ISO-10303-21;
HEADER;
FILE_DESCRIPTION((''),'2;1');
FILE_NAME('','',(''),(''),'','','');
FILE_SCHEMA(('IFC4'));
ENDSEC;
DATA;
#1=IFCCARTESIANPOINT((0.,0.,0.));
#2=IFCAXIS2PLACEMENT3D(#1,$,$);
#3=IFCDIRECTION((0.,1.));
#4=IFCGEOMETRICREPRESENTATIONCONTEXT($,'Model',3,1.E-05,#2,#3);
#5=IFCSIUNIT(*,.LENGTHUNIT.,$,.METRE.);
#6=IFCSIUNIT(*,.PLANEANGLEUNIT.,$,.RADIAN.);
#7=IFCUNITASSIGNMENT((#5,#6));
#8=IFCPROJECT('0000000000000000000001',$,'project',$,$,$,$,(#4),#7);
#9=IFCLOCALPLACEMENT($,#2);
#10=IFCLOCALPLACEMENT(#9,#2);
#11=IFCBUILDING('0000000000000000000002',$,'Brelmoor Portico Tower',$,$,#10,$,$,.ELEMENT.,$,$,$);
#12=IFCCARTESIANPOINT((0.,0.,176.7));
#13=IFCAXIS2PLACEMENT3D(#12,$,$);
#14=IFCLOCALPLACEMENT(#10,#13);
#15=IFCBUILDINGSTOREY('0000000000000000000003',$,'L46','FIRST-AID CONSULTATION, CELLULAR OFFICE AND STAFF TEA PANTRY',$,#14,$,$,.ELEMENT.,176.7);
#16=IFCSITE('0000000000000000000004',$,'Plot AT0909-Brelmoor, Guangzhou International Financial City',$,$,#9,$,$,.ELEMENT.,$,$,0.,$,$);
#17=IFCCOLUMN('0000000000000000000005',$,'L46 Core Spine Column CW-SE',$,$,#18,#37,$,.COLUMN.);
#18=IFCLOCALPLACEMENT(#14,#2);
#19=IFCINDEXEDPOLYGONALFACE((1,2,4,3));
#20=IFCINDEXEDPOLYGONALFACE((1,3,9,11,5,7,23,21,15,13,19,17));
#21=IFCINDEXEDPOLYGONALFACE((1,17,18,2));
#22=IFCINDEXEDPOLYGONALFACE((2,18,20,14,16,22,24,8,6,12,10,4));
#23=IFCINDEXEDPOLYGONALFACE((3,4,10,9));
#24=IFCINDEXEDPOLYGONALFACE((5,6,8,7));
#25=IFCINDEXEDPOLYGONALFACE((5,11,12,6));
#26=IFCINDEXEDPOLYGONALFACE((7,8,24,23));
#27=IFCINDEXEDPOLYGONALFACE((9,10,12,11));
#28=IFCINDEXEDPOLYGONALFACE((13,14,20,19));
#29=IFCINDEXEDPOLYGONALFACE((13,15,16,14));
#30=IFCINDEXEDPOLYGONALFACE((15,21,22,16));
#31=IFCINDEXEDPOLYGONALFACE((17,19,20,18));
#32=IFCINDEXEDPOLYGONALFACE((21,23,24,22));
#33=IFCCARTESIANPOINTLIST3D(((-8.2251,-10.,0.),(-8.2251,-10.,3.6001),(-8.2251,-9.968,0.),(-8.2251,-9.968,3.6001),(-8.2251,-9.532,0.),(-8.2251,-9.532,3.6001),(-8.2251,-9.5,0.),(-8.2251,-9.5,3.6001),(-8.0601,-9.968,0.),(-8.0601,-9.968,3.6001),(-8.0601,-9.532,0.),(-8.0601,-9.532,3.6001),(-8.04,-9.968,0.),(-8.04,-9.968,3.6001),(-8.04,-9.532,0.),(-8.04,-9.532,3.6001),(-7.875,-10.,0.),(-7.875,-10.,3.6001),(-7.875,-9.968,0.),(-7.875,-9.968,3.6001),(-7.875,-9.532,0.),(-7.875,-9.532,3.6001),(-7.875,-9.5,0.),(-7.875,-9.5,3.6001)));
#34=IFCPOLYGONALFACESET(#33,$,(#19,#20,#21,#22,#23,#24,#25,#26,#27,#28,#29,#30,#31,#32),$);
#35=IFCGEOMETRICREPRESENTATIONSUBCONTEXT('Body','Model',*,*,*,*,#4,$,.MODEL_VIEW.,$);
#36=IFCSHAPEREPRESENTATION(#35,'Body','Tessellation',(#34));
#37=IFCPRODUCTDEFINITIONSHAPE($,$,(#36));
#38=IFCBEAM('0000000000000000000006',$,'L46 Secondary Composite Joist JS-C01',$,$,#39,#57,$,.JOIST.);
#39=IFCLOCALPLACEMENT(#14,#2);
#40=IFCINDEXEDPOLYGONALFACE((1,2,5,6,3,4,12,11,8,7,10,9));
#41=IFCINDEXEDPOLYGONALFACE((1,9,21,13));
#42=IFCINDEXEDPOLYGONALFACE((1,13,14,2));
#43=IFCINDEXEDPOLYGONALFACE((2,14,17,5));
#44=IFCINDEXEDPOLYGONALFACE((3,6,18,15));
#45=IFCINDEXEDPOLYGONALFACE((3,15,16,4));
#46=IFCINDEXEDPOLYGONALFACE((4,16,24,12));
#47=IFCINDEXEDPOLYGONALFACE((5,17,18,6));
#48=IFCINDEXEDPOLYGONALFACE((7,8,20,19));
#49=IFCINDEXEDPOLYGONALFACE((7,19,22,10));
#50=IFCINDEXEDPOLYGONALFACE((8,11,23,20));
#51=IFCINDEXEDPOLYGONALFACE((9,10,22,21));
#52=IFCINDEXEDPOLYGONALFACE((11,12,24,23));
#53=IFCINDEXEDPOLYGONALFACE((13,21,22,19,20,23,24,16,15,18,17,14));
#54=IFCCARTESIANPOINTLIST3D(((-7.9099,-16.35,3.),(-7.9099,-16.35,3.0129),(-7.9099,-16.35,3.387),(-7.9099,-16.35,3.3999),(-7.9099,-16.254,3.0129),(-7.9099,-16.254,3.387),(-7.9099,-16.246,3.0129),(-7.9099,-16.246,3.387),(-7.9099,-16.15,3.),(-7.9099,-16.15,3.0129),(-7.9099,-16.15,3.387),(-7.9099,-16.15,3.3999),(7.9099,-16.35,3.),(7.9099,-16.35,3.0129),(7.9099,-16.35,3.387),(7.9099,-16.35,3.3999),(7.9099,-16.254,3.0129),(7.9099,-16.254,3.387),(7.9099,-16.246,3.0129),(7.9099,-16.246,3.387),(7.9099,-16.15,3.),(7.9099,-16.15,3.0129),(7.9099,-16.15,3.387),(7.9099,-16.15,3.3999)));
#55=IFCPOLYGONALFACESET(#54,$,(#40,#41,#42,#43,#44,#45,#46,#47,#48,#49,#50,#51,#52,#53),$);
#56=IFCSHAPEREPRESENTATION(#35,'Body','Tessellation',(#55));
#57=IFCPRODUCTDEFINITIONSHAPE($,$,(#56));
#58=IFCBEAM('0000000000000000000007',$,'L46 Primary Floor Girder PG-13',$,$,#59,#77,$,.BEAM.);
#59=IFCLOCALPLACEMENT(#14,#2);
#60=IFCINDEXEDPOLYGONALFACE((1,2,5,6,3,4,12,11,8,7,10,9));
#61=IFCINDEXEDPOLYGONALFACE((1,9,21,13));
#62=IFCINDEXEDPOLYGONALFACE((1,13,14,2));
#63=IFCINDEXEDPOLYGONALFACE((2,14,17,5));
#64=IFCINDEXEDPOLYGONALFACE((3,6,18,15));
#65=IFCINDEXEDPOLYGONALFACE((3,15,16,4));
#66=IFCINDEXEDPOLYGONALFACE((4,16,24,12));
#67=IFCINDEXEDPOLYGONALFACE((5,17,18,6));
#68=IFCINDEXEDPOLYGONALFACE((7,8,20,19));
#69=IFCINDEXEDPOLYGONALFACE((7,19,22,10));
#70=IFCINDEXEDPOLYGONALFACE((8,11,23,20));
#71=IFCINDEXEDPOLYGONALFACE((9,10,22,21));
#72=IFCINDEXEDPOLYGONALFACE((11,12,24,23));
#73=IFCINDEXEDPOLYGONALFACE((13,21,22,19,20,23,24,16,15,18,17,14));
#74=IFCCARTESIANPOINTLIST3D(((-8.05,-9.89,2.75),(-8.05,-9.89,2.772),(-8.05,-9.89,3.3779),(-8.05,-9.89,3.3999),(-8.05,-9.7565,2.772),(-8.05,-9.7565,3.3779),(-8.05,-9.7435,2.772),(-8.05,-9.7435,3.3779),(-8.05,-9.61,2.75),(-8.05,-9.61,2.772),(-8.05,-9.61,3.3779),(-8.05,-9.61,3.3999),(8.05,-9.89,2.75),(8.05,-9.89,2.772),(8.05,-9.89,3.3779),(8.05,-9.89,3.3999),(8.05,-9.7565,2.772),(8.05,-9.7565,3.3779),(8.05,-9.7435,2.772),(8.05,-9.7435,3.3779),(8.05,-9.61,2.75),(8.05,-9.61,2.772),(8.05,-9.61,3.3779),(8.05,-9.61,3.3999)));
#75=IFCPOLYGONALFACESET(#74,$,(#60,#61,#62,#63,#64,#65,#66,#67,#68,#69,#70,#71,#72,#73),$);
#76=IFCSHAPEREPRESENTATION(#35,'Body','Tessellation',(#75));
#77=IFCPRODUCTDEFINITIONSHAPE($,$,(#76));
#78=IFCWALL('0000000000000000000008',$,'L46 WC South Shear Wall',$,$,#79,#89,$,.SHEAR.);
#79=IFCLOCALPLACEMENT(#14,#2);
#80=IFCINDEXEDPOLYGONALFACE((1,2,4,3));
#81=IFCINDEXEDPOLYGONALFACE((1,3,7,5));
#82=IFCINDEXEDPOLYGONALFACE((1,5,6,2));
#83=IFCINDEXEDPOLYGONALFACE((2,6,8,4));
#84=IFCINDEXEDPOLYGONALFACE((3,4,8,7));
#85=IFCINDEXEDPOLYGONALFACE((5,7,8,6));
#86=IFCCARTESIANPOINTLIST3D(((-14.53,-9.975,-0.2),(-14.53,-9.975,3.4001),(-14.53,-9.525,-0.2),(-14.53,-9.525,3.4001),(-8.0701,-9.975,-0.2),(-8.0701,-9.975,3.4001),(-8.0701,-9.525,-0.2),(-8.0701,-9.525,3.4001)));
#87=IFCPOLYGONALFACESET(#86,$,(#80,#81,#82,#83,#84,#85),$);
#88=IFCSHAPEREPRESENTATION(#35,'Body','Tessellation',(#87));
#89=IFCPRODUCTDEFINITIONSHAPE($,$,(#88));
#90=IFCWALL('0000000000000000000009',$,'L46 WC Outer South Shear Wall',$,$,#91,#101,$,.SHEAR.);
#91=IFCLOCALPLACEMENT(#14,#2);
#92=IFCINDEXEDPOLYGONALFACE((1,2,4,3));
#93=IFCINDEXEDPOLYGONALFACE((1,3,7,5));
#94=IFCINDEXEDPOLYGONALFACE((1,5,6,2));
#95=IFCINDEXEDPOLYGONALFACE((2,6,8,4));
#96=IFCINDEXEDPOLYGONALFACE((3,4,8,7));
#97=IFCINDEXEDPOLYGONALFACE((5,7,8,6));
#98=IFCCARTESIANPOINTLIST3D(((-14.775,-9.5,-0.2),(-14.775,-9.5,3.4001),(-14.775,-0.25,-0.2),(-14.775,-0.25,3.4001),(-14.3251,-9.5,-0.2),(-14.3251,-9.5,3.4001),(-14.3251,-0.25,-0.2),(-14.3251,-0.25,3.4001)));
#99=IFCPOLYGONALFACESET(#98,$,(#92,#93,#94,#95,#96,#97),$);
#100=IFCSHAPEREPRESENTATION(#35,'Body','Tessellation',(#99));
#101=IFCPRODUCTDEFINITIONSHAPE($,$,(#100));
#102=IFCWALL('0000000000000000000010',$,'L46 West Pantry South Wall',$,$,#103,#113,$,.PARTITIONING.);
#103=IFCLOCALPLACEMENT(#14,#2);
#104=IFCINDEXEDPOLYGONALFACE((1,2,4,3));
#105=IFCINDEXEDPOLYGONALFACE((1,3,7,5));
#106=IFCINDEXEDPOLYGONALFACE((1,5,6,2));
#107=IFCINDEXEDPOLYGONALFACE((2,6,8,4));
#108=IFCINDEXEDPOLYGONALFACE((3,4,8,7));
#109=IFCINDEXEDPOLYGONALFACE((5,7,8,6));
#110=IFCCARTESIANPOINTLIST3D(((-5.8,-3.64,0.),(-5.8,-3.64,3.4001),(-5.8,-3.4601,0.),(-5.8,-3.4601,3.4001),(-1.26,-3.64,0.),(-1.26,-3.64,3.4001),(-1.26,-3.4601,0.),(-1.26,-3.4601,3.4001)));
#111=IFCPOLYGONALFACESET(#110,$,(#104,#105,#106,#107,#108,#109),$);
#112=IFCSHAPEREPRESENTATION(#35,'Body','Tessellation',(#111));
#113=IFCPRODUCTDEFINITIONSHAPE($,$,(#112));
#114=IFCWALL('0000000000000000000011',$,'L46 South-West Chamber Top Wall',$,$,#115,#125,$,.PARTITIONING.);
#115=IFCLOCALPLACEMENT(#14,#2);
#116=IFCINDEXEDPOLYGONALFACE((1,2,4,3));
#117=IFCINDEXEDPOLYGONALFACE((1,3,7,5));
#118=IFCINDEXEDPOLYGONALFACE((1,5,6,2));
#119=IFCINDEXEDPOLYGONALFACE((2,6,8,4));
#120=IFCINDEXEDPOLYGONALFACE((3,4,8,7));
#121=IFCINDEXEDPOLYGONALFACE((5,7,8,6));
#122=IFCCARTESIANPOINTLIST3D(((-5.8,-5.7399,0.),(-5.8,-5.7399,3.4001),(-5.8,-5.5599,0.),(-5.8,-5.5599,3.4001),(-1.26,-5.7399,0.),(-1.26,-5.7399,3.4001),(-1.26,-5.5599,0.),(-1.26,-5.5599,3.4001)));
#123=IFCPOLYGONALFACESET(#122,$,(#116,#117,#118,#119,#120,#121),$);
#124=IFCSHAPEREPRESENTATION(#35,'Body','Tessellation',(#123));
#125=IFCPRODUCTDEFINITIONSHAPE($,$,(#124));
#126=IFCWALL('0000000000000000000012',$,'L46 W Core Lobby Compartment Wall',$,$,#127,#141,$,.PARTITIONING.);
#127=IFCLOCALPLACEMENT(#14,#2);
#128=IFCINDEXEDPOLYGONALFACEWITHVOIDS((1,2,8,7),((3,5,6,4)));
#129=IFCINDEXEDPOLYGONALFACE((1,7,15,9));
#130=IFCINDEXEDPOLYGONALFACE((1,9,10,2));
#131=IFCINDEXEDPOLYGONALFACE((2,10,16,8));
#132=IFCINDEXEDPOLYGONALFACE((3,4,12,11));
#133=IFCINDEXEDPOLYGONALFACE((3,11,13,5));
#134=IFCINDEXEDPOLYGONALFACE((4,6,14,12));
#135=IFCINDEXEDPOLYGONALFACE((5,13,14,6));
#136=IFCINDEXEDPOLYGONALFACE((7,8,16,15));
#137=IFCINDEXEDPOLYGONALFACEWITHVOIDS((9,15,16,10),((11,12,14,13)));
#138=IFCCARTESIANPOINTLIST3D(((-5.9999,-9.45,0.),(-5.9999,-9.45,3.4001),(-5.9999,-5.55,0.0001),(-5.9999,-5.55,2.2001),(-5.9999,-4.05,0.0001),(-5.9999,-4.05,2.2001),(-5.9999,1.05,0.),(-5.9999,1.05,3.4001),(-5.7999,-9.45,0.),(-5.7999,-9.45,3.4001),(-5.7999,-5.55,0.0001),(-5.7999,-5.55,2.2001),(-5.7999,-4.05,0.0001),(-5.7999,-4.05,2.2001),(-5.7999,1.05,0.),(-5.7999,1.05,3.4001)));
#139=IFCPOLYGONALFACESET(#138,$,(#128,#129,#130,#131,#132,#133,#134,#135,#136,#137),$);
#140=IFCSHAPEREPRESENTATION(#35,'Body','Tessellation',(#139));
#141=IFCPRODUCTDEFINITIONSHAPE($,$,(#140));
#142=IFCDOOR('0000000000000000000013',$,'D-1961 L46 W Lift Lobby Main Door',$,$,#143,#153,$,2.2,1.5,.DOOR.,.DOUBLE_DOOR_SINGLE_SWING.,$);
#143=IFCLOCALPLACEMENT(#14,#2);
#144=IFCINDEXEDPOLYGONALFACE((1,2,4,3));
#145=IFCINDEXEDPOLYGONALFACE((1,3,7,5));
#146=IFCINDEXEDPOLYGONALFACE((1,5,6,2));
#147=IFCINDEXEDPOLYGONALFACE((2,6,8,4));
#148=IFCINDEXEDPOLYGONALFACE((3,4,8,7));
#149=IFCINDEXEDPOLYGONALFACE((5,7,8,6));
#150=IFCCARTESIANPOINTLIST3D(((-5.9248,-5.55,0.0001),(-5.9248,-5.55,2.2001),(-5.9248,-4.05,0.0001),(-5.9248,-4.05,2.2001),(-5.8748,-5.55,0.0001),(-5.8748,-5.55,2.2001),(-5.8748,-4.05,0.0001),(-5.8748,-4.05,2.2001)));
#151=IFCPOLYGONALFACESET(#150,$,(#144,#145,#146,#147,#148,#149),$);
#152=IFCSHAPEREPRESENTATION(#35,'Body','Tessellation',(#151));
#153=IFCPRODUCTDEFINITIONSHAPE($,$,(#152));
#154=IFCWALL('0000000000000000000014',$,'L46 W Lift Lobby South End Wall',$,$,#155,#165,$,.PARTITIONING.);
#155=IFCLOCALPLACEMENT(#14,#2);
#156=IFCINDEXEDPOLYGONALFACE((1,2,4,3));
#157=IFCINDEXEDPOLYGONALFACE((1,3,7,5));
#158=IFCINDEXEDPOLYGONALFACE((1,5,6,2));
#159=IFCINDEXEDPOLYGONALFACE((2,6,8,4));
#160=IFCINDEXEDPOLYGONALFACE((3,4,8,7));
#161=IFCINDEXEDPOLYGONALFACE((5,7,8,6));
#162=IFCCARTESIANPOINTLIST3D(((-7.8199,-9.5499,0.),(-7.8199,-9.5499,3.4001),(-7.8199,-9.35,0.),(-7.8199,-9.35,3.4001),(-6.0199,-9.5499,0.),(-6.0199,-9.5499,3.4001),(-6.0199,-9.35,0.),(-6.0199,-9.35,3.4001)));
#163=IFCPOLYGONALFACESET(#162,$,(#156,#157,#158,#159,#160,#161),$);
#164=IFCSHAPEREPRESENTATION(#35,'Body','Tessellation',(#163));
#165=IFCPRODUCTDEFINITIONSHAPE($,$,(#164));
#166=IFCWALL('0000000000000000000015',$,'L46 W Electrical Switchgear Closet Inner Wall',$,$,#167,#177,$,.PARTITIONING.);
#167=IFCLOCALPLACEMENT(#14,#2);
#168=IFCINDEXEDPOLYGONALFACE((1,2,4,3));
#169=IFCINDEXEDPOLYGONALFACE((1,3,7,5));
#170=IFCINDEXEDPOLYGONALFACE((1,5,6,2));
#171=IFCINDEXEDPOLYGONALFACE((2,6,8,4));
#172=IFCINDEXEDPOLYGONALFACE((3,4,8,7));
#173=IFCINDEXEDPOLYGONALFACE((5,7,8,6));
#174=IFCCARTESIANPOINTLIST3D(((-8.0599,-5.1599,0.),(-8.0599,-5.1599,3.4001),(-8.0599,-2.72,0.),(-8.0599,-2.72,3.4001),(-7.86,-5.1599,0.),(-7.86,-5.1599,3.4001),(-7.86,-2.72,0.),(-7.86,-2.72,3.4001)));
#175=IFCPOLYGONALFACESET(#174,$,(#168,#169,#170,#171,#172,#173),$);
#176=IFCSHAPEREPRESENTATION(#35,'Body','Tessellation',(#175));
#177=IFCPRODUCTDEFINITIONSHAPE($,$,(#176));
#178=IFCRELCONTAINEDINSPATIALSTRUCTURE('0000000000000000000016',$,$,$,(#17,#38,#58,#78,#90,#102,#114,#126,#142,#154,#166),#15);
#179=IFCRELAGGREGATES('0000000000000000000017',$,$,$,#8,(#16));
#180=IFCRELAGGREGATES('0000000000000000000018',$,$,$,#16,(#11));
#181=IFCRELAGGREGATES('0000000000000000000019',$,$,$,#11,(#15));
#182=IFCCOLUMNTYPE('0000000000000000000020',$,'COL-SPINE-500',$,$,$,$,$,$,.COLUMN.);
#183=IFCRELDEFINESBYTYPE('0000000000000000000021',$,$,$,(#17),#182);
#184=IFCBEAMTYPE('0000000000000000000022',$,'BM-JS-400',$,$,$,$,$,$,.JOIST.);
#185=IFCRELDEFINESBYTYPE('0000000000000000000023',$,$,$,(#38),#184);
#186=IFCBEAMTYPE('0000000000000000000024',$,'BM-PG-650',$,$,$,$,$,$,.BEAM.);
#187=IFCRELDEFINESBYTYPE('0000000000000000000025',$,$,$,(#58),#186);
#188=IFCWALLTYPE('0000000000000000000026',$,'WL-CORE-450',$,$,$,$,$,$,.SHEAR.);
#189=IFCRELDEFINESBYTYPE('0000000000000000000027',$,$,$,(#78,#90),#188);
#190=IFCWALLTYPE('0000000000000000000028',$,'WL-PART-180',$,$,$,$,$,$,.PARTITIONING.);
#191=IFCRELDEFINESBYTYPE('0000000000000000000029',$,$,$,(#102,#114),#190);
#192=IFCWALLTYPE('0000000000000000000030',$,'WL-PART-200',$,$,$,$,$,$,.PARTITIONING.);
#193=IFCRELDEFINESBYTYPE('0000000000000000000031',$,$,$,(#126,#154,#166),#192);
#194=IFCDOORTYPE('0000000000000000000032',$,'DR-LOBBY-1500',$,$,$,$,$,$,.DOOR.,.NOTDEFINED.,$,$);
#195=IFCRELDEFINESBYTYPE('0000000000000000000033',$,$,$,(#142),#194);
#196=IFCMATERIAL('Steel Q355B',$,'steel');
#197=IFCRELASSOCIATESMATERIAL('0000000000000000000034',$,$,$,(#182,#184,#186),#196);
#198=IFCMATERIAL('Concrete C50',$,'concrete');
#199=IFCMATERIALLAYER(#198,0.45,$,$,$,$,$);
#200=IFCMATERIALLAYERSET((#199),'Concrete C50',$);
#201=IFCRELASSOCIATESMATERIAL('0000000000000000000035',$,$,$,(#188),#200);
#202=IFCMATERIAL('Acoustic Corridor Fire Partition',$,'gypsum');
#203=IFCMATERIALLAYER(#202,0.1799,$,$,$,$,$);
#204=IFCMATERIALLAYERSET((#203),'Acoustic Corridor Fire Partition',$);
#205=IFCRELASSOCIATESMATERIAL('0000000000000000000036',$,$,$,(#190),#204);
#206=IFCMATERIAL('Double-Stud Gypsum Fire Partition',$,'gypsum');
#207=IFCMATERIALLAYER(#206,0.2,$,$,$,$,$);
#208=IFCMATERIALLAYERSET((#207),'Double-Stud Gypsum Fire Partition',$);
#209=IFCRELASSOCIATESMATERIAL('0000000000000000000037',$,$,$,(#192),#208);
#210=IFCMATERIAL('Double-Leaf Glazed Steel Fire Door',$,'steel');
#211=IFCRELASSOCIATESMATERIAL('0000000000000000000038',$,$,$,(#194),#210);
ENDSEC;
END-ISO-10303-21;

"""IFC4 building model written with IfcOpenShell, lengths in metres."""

from ifc_helpers import new_model, si_unit, direction, frame, frame_2d, origin, origin_2d, place, context, subcontext, project, spatial, rectangle, i_section, extrude, material, layer, layer_set, material_profile, profile_set, type_object, element, fill, save


model = new_model("IFC4")

# Units and contexts
model_context = context("Model", 3, precision=1e-05, world=origin(), true_north=direction((0.0, 1.0)))
body_context = subcontext(model_context, "Body", "Model", "MODEL_VIEW")
ifc_project = project(units=[si_unit("LENGTHUNIT", "METRE"), si_unit("PLANEANGLEUNIT", "RADIAN")], contexts=[model_context])

# Site, building, storey
site_placement = place(None, origin())
site = spatial("IfcSite", under=ifc_project, at=site_placement, Name="Plot AT0909-Brelmoor, Guangzhou International Financial City", CompositionType="ELEMENT", RefElevation=0.0)
building_placement = place(site_placement, origin())
building = spatial("IfcBuilding", under=site, at=building_placement, Name="Brelmoor Portico Tower", CompositionType="ELEMENT")
storey_placement = place(building_placement, frame((0.0, 0.0, 176.7)))
storey = spatial("IfcBuildingStorey", under=building, at=storey_placement, Name="L46", Description="FIRST-AID CONSULTATION, CELLULAR OFFICE AND STAFF TEA PANTRY", CompositionType="ELEMENT", Elevation=176.7)

# Column
ifc_material_1 = material(Name="Steel Q355B", Category="steel")
ifc_material_profile_1 = material_profile(ifc_material_1, i_section(OverallWidth=0.3501, OverallDepth=0.5, WebThickness=0.02, FlangeThickness=0.032, at=origin_2d()), Name="HW 500x350x20x32")
ifc_profile_set_1 = profile_set([ifc_material_profile_1], Name="Steel Q355B")
column_type = type_object("IfcColumnType", Name="COL-SPINE-500", PredefinedType="COLUMN", material=ifc_profile_set_1)
column_placement = place(storey_placement, frame((-8.05, -9.75, 0.0), z_axis=(0.0, 0.0, 1.0), x_axis=(1.0, 0.0, 0.0)))
element("IfcColumn", 1, at=column_placement, inside=storey, type_object=column_type, Name="L46 Core Spine Column CW-SE", PredefinedType="COLUMN", context=body_context, shape_type="SweptSolid", body=[
    extrude(i_section(OverallWidth=0.3501, OverallDepth=0.5, WebThickness=0.02, FlangeThickness=0.032, at=origin_2d()), origin(), (0.0, 0.0, 1.0), 3.6001),
])

# Beams
ifc_material_profile_2 = material_profile(ifc_material_1, i_section(OverallWidth=0.2, OverallDepth=0.3999, WebThickness=0.0081, FlangeThickness=0.0129, at=origin_2d()), Name="HN 400x200x8x13")
ifc_profile_set_2 = profile_set([ifc_material_profile_2], Name="Steel Q355B")
beam_type_1 = type_object("IfcBeamType", Name="BM-JS-400", PredefinedType="JOIST", material=ifc_profile_set_2)
beam_1_placement = place(storey_placement, frame((-7.9099, -16.25, 3.2), z_axis=(1.0, 0.0, 0.0), x_axis=(0.0, 1.0, 0.0)))
element("IfcBeam", 2, at=beam_1_placement, inside=storey, type_object=beam_type_1, Name="L46 Secondary Composite Joist JS-C01", PredefinedType="JOIST", context=body_context, shape_type="SweptSolid", body=[
    extrude(i_section(OverallWidth=0.2, OverallDepth=0.3999, WebThickness=0.0081, FlangeThickness=0.0129, at=origin_2d()), origin(), (0.0, 0.0, 1.0), 15.8198),
])
ifc_material_profile_3 = material_profile(ifc_material_1, i_section(OverallWidth=0.28, OverallDepth=0.6499, WebThickness=0.0129, FlangeThickness=0.022, at=origin_2d()), Name="HN 650x280x13x22")
ifc_profile_set_3 = profile_set([ifc_material_profile_3], Name="Steel Q355B")
beam_type_2 = type_object("IfcBeamType", Name="BM-PG-650", PredefinedType="BEAM", material=ifc_profile_set_3)
beam_2_placement = place(storey_placement, frame((-8.05, -9.75, 3.075), z_axis=(1.0, 0.0, 0.0), x_axis=(0.0, 1.0, 0.0)))
element("IfcBeam", 3, at=beam_2_placement, inside=storey, type_object=beam_type_2, Name="L46 Primary Floor Girder PG-13", PredefinedType="BEAM", context=body_context, shape_type="SweptSolid", body=[
    extrude(i_section(OverallWidth=0.28, OverallDepth=0.6499, WebThickness=0.0129, FlangeThickness=0.022, at=origin_2d()), origin(), (0.0, 0.0, 1.0), 16.1001),
])

# Walls
ifc_material_2 = material(Name="Concrete C50", Category="concrete")
ifc_layer_1 = layer(ifc_material_2, 0.45)
ifc_layer_set_1 = layer_set([ifc_layer_1], Name="Concrete C50")
wall_type_1 = type_object("IfcWallType", Name="WL-CORE-450", PredefinedType="SHEAR", material=ifc_layer_set_1)
wall_1_placement = place(storey_placement, frame((-14.53, -9.75, -0.2), z_axis=(0.0, 0.0, 1.0), x_axis=(1.0, 0.0, 0.0)))
element("IfcWall", 4, at=wall_1_placement, inside=storey, type_object=wall_type_1, Name="L46 WC South Shear Wall", PredefinedType="SHEAR", context=body_context, shape_type="SweptSolid", body=[
    extrude(rectangle(XDim=6.46, YDim=0.45, at=frame_2d((3.23, 0.0))), origin(), (0.0, 0.0, 1.0), 3.6001),
])
wall_2_placement = place(storey_placement, frame((-14.55, -9.5, -0.2), z_axis=(0.0, 0.0, 1.0), x_axis=(0.0, 1.0, 0.0)))
element("IfcWall", 5, at=wall_2_placement, inside=storey, type_object=wall_type_1, Name="L46 WC Outer South Shear Wall", PredefinedType="SHEAR", context=body_context, shape_type="SweptSolid", body=[
    extrude(rectangle(XDim=9.25, YDim=0.45, at=frame_2d((4.625, 0.0))), origin(), (0.0, 0.0, 1.0), 3.6001),
])

# Walls
ifc_material_3 = material(Name="Acoustic Corridor Fire Partition", Category="gypsum")
ifc_layer_2 = layer(ifc_material_3, 0.1799)
ifc_layer_set_2 = layer_set([ifc_layer_2], Name="Acoustic Corridor Fire Partition")
wall_type_2 = type_object("IfcWallType", Name="WL-PART-180", PredefinedType="PARTITIONING", material=ifc_layer_set_2)
for number, where, z_axis, x_axis, name in (
    (6, (-5.8, -3.55, 0.0), (0.0, 0.0, 1.0), (1.0, 0.0, 0.0), "L46 West Pantry South Wall"),
    (7, (-5.8, -5.6499, 0.0), (0.0, 0.0, 1.0), (1.0, 0.0, 0.0), "L46 South-West Chamber Top Wall"),
):
    element("IfcWall", number, at=place(storey_placement, frame(where, z_axis=z_axis, x_axis=x_axis)), inside=storey, type_object=wall_type_2, Name=name, PredefinedType="PARTITIONING", context=body_context, shape_type="SweptSolid", body=[
        extrude(rectangle(XDim=4.54, YDim=0.1799, at=frame_2d((2.27, 0.0))), origin(), (0.0, 0.0, 1.0), 3.4001),
    ])

# Wall, opening, door
ifc_material_4 = material(Name="Double-Stud Gypsum Fire Partition", Category="gypsum")
ifc_layer_3 = layer(ifc_material_4, 0.2)
ifc_layer_set_3 = layer_set([ifc_layer_3], Name="Double-Stud Gypsum Fire Partition")
wall_type_3 = type_object("IfcWallType", Name="WL-PART-200", PredefinedType="PARTITIONING", material=ifc_layer_set_3)
wall_3_placement = place(storey_placement, frame((-5.8999, -9.45, 0.0), z_axis=(0.0, 0.0, 1.0), x_axis=(0.0, 1.0, 0.0)))
wall_3 = element("IfcWall", 8, at=wall_3_placement, inside=storey, type_object=wall_type_3, Name="L46 W Core Lobby Compartment Wall", PredefinedType="PARTITIONING", context=body_context, shape_type="SweptSolid", body=[
    extrude(rectangle(XDim=10.5, YDim=0.2, at=frame_2d((5.25, 0.0))), origin(), (0.0, 0.0, 1.0), 3.4001),
])
opening_1_placement = place(wall_3_placement, frame((3.8999, 0.0, 0.0)))
opening_1 = element("IfcOpeningElement", 9, at=opening_1_placement, cuts=wall_3, PredefinedType="OPENING", context=body_context, shape_type="SweptSolid", body=[
    extrude(rectangle(XDim=1.5, YDim=2.2, at=frame_2d((0.75, 1.1001))), frame((0.0, 0.1099, 0.0), z_axis=(0.0, -1.0, 0.0), x_axis=(1.0, 0.0, 0.0)), (0.0, 0.0, 1.0), 0.22),
])
ifc_material_5 = material(Name="Double-Leaf Glazed Steel Fire Door", Category="steel")
door_type_1 = type_object("IfcDoorType", Name="DR-LOBBY-1500", OperationType="NOTDEFINED", PredefinedType="DOOR", material=ifc_material_5)
door_1_placement = place(opening_1_placement, origin())
door_1 = element("IfcDoor", 10, at=door_1_placement, inside=storey, type_object=door_type_1, Name="D-1961 L46 W Lift Lobby Main Door", OperationType="DOUBLE_DOOR_SINGLE_SWING", OverallHeight=2.2, OverallWidth=1.5, PredefinedType="DOOR", context=body_context, shape_type="SweptSolid", body=[
    extrude(rectangle(XDim=1.5, YDim=2.2, at=frame_2d((0.75, 1.1001))), frame((0.0, 0.0249, 0.0), z_axis=(0.0, -1.0, 0.0), x_axis=(1.0, 0.0, 0.0)), (0.0, 0.0, 1.0), 0.05),
])
fill(opening_1, door_1)

# Walls
wall_4_placement = place(storey_placement, frame((-6.02, -9.45, 0.0), z_axis=(0.0, 0.0, 1.0), x_axis=(-1.0, 0.0, 0.0)))
element("IfcWall", 11, at=wall_4_placement, inside=storey, type_object=wall_type_3, Name="L46 W Lift Lobby South End Wall", PredefinedType="PARTITIONING", context=body_context, shape_type="SweptSolid", body=[
    extrude(rectangle(XDim=1.8, YDim=0.2, at=frame_2d((0.8999, 0.0))), origin(), (0.0, 0.0, 1.0), 3.4001),
])
for number, where, z_axis, x_axis, name in (
    (12, (-7.96, -5.1599, 0.0), (0.0, 0.0, 1.0), (0.0, 1.0, 0.0), "L46 W Electrical Switchgear Closet Inner Wall"),
):
    element("IfcWall", number, at=place(storey_placement, frame(where, z_axis=z_axis, x_axis=x_axis)), inside=storey, type_object=wall_type_3, Name=name, PredefinedType="PARTITIONING", context=body_context, shape_type="SweptSolid", body=[
        extrude(rectangle(XDim=2.4399, YDim=0.2, at=frame_2d((1.22, 0.0))), origin(), (0.0, 0.0, 1.0), 3.4001),
    ])

save(model, "model.ifc")
